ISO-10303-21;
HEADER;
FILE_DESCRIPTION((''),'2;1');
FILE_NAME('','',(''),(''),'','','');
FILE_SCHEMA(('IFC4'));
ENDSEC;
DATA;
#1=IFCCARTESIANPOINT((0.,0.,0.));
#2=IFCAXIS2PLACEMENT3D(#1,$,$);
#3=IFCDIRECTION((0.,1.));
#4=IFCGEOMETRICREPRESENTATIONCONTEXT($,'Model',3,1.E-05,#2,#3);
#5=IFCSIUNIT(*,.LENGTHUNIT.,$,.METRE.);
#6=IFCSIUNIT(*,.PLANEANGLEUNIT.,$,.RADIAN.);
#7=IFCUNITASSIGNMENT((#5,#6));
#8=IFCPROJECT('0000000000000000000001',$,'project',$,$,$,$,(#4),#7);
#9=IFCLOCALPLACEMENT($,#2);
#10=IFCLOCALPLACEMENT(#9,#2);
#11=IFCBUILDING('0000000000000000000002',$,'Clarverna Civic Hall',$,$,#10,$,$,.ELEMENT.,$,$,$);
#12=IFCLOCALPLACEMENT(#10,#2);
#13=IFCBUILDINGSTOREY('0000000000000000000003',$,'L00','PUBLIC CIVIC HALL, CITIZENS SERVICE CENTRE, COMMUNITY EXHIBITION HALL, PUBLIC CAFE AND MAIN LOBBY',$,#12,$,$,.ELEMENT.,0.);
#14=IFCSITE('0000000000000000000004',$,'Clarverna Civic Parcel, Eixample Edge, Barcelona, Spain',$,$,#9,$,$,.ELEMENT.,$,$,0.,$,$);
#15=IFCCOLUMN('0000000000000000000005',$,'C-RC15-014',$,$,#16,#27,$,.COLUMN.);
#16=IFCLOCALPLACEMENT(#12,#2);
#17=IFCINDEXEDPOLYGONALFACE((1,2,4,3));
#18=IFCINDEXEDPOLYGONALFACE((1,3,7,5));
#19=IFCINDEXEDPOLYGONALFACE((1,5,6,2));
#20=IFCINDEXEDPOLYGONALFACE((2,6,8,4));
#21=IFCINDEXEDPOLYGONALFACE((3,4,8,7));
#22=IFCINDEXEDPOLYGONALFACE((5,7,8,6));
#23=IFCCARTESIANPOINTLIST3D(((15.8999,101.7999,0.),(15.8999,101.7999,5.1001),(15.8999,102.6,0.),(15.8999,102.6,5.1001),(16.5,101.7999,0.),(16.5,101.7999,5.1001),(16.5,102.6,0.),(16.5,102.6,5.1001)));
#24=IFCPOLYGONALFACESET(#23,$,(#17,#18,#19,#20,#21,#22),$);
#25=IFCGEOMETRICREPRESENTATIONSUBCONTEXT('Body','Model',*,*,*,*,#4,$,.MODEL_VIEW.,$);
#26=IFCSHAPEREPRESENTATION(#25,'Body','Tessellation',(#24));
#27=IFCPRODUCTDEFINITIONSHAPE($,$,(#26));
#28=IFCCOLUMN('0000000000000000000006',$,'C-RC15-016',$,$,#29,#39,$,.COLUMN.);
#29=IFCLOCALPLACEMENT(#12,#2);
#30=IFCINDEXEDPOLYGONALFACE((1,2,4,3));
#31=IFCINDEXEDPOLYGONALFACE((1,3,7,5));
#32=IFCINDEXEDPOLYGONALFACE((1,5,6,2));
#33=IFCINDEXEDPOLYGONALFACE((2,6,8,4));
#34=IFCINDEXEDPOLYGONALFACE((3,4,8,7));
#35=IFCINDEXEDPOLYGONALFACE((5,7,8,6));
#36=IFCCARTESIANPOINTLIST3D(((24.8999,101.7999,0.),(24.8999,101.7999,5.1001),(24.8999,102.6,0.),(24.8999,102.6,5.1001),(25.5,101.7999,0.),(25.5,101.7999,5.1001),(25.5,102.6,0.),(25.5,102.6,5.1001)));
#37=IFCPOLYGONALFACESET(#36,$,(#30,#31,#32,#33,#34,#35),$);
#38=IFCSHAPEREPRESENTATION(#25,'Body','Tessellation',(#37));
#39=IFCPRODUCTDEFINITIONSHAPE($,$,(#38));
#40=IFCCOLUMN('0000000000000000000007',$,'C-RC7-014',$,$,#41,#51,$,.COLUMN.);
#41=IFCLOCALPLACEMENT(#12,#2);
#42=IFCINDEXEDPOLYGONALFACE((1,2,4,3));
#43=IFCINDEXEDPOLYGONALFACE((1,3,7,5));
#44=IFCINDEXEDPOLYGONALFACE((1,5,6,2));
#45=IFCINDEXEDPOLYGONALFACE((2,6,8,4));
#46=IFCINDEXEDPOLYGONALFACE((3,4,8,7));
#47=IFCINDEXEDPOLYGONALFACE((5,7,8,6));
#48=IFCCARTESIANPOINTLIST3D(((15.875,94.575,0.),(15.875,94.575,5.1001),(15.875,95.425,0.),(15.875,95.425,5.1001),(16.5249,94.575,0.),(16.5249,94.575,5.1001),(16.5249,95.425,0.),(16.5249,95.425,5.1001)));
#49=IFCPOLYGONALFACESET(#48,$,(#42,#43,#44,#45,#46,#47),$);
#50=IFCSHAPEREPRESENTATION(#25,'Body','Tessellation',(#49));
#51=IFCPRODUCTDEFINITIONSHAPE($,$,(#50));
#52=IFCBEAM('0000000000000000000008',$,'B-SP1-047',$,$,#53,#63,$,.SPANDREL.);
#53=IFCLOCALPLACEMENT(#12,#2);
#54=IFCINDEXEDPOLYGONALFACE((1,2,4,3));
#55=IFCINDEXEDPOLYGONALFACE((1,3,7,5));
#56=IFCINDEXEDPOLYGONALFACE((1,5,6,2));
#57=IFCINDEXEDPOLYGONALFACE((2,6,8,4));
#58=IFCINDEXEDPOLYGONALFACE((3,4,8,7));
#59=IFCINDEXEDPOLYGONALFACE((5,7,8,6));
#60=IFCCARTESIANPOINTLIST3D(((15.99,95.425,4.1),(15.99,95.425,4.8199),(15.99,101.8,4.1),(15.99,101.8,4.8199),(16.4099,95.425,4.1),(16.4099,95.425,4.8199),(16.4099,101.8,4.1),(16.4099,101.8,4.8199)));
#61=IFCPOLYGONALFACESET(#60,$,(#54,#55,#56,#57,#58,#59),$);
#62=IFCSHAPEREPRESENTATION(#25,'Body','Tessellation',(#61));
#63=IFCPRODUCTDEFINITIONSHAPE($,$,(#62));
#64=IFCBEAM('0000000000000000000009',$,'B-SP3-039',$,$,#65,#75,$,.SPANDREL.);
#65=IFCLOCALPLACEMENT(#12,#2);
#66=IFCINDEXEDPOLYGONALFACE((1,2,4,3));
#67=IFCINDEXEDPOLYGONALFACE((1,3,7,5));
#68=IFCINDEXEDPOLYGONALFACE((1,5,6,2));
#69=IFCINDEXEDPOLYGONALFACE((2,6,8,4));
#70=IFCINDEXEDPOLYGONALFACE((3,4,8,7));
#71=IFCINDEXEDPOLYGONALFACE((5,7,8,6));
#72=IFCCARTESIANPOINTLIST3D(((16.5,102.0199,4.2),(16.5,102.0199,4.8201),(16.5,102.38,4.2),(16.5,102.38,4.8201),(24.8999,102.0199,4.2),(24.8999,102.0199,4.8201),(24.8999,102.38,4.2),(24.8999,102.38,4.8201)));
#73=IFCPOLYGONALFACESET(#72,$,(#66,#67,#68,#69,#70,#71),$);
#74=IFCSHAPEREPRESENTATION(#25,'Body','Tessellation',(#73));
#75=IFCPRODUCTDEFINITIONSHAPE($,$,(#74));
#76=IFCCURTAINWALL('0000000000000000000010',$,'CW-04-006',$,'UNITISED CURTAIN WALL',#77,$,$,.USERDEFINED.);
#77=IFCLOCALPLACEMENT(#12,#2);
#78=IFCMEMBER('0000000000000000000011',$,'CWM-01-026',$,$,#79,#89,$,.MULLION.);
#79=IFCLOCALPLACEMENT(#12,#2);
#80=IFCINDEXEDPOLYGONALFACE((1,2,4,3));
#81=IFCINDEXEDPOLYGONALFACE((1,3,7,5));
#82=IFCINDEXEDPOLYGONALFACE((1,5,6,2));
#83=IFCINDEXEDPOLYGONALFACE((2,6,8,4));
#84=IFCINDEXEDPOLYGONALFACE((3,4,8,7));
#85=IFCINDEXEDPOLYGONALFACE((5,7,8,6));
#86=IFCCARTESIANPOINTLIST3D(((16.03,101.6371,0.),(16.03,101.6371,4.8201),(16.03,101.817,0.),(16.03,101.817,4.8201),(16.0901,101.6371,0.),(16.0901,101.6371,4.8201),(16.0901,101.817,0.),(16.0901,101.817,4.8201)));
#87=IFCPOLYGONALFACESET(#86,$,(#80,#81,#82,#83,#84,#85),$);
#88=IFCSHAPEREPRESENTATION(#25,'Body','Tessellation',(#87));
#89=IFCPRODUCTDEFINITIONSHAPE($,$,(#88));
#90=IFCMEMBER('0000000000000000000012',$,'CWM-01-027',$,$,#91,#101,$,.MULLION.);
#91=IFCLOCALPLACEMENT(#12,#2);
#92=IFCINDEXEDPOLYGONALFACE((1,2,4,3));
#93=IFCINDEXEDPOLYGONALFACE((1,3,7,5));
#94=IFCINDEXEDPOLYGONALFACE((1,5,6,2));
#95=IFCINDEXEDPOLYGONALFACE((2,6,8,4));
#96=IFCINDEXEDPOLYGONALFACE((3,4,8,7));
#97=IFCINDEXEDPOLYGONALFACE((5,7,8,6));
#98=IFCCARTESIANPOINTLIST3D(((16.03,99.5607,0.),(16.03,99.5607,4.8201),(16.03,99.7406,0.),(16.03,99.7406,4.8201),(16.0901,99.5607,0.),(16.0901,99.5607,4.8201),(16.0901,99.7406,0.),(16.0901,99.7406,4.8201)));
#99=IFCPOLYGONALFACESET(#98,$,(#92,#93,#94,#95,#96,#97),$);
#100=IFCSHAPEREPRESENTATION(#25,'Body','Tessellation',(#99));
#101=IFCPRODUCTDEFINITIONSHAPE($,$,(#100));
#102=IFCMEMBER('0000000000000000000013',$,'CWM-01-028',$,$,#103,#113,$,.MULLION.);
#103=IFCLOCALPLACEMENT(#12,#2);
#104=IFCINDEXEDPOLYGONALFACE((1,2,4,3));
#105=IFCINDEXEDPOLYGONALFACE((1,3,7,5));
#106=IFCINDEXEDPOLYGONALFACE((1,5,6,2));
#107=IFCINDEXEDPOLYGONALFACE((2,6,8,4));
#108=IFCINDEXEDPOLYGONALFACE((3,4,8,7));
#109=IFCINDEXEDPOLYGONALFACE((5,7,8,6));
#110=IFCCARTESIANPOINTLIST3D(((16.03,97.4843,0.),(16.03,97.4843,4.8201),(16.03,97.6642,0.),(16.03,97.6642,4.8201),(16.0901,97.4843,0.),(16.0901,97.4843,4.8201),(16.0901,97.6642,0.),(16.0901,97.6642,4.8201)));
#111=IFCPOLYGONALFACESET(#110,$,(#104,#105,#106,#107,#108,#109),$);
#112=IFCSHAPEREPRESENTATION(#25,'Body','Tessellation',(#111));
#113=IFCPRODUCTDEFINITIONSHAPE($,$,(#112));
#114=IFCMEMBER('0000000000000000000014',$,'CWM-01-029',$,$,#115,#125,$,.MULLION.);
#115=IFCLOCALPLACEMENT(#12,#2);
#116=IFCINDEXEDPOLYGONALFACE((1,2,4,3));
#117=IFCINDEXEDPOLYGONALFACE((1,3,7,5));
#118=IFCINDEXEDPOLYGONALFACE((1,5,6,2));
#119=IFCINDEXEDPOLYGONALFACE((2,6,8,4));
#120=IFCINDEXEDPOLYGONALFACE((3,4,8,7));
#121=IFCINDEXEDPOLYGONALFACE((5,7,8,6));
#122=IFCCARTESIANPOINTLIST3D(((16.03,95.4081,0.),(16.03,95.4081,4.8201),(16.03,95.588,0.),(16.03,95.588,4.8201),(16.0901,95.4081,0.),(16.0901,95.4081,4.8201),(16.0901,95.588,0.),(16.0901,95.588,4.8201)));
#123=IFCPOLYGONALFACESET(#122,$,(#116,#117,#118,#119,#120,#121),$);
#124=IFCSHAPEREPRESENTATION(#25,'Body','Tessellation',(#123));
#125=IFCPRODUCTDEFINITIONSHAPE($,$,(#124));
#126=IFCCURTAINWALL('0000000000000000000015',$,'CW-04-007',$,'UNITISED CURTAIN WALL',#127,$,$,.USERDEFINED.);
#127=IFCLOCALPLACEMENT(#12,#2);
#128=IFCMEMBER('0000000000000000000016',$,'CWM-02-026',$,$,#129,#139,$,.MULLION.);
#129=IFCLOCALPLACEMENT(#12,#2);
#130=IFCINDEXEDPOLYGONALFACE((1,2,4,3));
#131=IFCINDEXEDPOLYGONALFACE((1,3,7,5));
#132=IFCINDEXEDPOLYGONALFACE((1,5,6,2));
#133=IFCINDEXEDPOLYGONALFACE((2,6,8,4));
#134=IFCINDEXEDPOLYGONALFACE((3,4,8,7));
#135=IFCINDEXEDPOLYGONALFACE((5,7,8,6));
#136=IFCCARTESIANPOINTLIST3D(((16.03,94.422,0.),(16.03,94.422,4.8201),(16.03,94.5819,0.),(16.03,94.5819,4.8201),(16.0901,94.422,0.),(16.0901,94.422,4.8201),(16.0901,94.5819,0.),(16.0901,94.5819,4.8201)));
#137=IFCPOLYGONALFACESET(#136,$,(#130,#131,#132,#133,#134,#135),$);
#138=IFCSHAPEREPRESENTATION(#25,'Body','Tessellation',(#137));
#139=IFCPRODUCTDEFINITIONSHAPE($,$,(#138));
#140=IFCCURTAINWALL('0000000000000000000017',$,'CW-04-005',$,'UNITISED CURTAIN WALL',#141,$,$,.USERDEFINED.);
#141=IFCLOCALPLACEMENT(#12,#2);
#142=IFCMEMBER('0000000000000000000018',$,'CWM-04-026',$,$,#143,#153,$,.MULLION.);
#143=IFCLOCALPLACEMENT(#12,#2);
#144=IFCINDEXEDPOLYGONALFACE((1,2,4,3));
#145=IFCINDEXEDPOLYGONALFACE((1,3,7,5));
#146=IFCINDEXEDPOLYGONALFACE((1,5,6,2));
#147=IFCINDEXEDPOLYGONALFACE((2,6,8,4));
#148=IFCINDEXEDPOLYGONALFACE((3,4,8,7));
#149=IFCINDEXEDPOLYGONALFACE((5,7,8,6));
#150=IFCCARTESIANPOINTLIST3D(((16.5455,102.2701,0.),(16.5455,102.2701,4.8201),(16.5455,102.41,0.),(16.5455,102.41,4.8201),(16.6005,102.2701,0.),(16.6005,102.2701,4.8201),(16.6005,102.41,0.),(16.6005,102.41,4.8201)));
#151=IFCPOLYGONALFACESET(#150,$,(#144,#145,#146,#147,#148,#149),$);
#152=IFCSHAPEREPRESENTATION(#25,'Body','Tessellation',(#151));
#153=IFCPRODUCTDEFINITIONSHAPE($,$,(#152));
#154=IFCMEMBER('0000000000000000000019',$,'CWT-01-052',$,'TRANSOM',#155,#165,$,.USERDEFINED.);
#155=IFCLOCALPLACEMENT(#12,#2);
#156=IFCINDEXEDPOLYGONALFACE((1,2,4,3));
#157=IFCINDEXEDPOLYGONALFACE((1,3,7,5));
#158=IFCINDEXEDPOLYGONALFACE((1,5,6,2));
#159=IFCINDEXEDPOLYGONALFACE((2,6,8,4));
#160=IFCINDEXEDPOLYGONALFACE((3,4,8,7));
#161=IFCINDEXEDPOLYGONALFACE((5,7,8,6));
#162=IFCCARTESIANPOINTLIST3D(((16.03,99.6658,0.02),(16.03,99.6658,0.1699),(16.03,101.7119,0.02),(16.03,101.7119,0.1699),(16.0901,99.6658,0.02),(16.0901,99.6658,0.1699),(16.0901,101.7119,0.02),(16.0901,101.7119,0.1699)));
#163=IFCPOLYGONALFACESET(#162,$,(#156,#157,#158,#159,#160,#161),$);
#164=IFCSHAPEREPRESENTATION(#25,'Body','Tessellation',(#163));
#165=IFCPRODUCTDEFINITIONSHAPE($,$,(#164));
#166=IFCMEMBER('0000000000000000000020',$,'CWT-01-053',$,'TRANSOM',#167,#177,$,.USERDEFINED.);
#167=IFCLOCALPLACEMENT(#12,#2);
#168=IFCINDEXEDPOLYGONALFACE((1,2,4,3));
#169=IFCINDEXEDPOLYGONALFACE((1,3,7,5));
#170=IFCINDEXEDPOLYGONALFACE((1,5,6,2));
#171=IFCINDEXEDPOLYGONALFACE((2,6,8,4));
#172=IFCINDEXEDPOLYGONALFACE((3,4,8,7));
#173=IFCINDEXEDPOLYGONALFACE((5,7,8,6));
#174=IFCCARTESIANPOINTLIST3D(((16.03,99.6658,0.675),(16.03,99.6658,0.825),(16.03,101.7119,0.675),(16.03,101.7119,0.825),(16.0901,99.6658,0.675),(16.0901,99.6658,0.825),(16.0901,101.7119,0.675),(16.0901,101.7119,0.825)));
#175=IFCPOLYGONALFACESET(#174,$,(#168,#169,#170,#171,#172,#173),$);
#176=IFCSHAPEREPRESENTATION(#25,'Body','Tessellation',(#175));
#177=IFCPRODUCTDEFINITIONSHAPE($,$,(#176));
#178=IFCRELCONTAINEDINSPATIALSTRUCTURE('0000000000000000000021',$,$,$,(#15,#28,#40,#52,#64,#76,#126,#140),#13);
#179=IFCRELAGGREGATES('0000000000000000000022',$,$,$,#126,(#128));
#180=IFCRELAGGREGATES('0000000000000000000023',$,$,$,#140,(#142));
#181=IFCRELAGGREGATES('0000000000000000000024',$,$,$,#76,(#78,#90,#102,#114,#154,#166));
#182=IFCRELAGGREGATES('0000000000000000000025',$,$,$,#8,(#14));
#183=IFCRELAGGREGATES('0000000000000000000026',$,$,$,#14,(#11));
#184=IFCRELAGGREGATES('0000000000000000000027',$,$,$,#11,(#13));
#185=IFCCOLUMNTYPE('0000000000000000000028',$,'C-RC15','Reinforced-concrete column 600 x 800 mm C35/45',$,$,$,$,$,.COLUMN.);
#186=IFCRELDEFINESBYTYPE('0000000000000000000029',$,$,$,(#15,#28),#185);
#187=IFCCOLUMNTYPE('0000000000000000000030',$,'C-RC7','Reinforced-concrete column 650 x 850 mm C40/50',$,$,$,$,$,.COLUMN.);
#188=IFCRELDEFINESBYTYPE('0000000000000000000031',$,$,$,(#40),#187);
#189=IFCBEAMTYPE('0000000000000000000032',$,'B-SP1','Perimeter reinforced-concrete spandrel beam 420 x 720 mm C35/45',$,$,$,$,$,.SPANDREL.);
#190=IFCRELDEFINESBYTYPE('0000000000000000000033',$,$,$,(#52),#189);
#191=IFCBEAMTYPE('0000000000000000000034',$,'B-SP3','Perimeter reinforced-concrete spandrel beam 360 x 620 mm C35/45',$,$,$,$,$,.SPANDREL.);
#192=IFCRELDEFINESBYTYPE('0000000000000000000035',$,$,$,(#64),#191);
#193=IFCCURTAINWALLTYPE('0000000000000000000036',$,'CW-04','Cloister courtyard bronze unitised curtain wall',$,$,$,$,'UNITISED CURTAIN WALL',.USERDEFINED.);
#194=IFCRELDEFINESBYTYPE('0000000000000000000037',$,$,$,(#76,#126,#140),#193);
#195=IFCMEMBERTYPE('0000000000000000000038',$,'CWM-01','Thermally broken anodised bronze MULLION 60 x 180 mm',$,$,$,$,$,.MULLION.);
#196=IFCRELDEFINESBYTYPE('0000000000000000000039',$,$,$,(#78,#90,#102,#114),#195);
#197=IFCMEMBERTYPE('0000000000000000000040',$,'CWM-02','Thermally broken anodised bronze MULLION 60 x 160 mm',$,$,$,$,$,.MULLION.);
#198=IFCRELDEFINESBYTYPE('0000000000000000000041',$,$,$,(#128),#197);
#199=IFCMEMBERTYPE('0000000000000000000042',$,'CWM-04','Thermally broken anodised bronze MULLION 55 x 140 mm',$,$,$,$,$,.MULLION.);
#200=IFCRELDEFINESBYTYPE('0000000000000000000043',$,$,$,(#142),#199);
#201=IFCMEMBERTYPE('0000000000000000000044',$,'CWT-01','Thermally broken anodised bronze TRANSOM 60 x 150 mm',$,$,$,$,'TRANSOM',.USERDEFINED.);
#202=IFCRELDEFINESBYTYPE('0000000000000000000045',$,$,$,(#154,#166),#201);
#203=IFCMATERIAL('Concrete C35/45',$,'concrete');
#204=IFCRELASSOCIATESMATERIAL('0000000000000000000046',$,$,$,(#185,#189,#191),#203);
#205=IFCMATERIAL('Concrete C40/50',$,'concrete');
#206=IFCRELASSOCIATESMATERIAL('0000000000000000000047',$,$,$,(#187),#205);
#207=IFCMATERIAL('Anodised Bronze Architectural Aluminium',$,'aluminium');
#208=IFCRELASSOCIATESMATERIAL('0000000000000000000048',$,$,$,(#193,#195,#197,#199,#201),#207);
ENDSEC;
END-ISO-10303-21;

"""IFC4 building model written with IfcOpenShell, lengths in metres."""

from ifc_helpers import new_model, si_unit, direction, frame, origin, origin_2d, place, context, subcontext, project, spatial, rectangle, extrude, material, material_profile, profile_set, type_object, element, aggregate, save


model = new_model("IFC4")

# Units and contexts
model_context = context("Model", 3, precision=1e-05, world=origin(), true_north=direction((0.0, 1.0)))
body_context = subcontext(model_context, "Body", "Model", "MODEL_VIEW")
ifc_project = project(units=[si_unit("LENGTHUNIT", "METRE"), si_unit("PLANEANGLEUNIT", "RADIAN")], contexts=[model_context])

# Site, building, storey
site_placement = place(None, origin())
site = spatial("IfcSite", under=ifc_project, at=site_placement, Name="Clarverna Civic Parcel, Eixample Edge, Barcelona, Spain", CompositionType="ELEMENT", RefElevation=0.0)
building_placement = place(site_placement, origin())
building = spatial("IfcBuilding", under=site, at=building_placement, Name="Clarverna Civic Hall", CompositionType="ELEMENT")
storey_placement = place(building_placement, origin())
storey = spatial("IfcBuildingStorey", under=building, at=storey_placement, Name="L00", Description="PUBLIC CIVIC HALL, CITIZENS SERVICE CENTRE, COMMUNITY EXHIBITION HALL, PUBLIC CAFE AND MAIN LOBBY", CompositionType="ELEMENT", Elevation=0.0)

# Columns
ifc_material_1 = material(Name="Concrete C35/45", Category="concrete")
ifc_material_profile_1 = material_profile(ifc_material_1, rectangle(XDim=0.6001, YDim=0.8, at=origin_2d()), Name="RC 600x800")
ifc_profile_set_1 = profile_set([ifc_material_profile_1], Name="Concrete C35/45")
column_type_1 = type_object("IfcColumnType", Name="C-RC15", Description="Reinforced-concrete column 600 x 800 mm C35/45", PredefinedType="COLUMN", material=ifc_profile_set_1)
for number, where, z_axis, x_axis, name in (
    (1, (16.2, 102.2, 0.0), (0.0, 0.0, 1.0), (1.0, 0.0, 0.0), "C-RC15-014"),
    (2, (25.2, 102.2, 0.0), (0.0, 0.0, 1.0), (1.0, 0.0, 0.0), "C-RC15-016"),
):
    element("IfcColumn", number, at=place(storey_placement, frame(where, z_axis=z_axis, x_axis=x_axis)), inside=storey, type_object=column_type_1, Name=name, PredefinedType="COLUMN", context=body_context, shape_type="SweptSolid", body=[
        extrude(rectangle(XDim=0.6001, YDim=0.8, at=origin_2d()), origin(), (0.0, 0.0, 1.0), 5.1001),
    ])
ifc_material_2 = material(Name="Concrete C40/50", Category="concrete")
ifc_material_profile_2 = material_profile(ifc_material_2, rectangle(XDim=0.6499, YDim=0.8501, at=origin_2d()), Name="RC 650x850")
ifc_profile_set_2 = profile_set([ifc_material_profile_2], Name="Concrete C40/50")
column_type_2 = type_object("IfcColumnType", Name="C-RC7", Description="Reinforced-concrete column 650 x 850 mm C40/50", PredefinedType="COLUMN", material=ifc_profile_set_2)
column_placement = place(storey_placement, frame((16.2, 95.0, 0.0), z_axis=(0.0, 0.0, 1.0), x_axis=(1.0, 0.0, 0.0)))
element("IfcColumn", 3, at=column_placement, inside=storey, type_object=column_type_2, Name="C-RC7-014", PredefinedType="COLUMN", context=body_context, shape_type="SweptSolid", body=[
    extrude(rectangle(XDim=0.6499, YDim=0.8501, at=origin_2d()), origin(), (0.0, 0.0, 1.0), 5.1001),
])

# Beams
ifc_material_profile_3 = material_profile(ifc_material_1, rectangle(XDim=0.4199, YDim=0.72, at=origin_2d()), Name="RC 420x720")
ifc_profile_set_3 = profile_set([ifc_material_profile_3], Name="Concrete C35/45")
beam_type_1 = type_object("IfcBeamType", Name="B-SP1", Description="Perimeter reinforced-concrete spandrel beam 420 x 720 mm C35/45", PredefinedType="SPANDREL", material=ifc_profile_set_3)
beam_1_placement = place(storey_placement, frame((16.2, 95.425, 4.46), z_axis=(0.0, 1.0, 0.0), x_axis=(-1.0, 0.0, 0.0)))
element("IfcBeam", 4, at=beam_1_placement, inside=storey, type_object=beam_type_1, Name="B-SP1-047", PredefinedType="SPANDREL", context=body_context, shape_type="SweptSolid", body=[
    extrude(rectangle(XDim=0.4199, YDim=0.72, at=origin_2d()), origin(), (0.0, 0.0, 1.0), 6.375),
])
ifc_material_profile_4 = material_profile(ifc_material_1, rectangle(XDim=0.3601, YDim=0.6201, at=origin_2d()), Name="RC 360x620")
ifc_profile_set_4 = profile_set([ifc_material_profile_4], Name="Concrete C35/45")
beam_type_2 = type_object("IfcBeamType", Name="B-SP3", Description="Perimeter reinforced-concrete spandrel beam 360 x 620 mm C35/45", PredefinedType="SPANDREL", material=ifc_profile_set_4)
beam_2_placement = place(storey_placement, frame((16.5, 102.2, 4.51), z_axis=(1.0, 0.0, 0.0), x_axis=(0.0, 1.0, 0.0)))
element("IfcBeam", 5, at=beam_2_placement, inside=storey, type_object=beam_type_2, Name="B-SP3-039", PredefinedType="SPANDREL", context=body_context, shape_type="SweptSolid", body=[
    extrude(rectangle(XDim=0.3601, YDim=0.6201, at=origin_2d()), origin(), (0.0, 0.0, 1.0), 8.3999),
])

# Curtain wall, members
ifc_material_3 = material(Name="Anodised Bronze Architectural Aluminium", Category="aluminium")
curtain_wall_type = type_object("IfcCurtainWallType", Name="CW-04", Description="Cloister courtyard bronze unitised curtain wall", ElementType="UNITISED CURTAIN WALL", PredefinedType="USERDEFINED", material=ifc_material_3)
curtain_wall_1_placement = place(storey_placement, origin())
curtain_wall_1 = element("IfcCurtainWall", 6, at=curtain_wall_1_placement, inside=storey, type_object=curtain_wall_type, Name="CW-04-006", ObjectType="UNITISED CURTAIN WALL", PredefinedType="USERDEFINED")
ifc_material_profile_5 = material_profile(ifc_material_3, rectangle(XDim=0.0601, YDim=0.1799, at=origin_2d()), Name="BRONZE 60x180")
ifc_profile_set_5 = profile_set([ifc_material_profile_5], Name="Anodised Bronze Architectural Aluminium")
member_type_1 = type_object("IfcMemberType", Name="CWM-01", Description="Thermally broken anodised bronze MULLION 60 x 180 mm", PredefinedType="MULLION", material=ifc_profile_set_5)
member_1_placement = place(storey_placement, frame((16.0601, 101.7271, 0.0), z_axis=(0.0, 0.0, 1.0), x_axis=(1.0, 0.0, 0.0)))
member_1 = element("IfcMember", 7, at=member_1_placement, type_object=member_type_1, Name="CWM-01-026", PredefinedType="MULLION", context=body_context, shape_type="SweptSolid", body=[
    extrude(rectangle(XDim=0.0601, YDim=0.1799, at=origin_2d()), origin(), (0.0, 0.0, 1.0), 4.8201),
])
member_2_placement = place(storey_placement, frame((16.0601, 99.6506, 0.0), z_axis=(0.0, 0.0, 1.0), x_axis=(1.0, 0.0, 0.0)))
member_2 = element("IfcMember", 8, at=member_2_placement, type_object=member_type_1, Name="CWM-01-027", PredefinedType="MULLION", context=body_context, shape_type="SweptSolid", body=[
    extrude(rectangle(XDim=0.0601, YDim=0.1799, at=origin_2d()), origin(), (0.0, 0.0, 1.0), 4.8201),
])
member_3_placement = place(storey_placement, frame((16.0601, 97.5742, 0.0), z_axis=(0.0, 0.0, 1.0), x_axis=(1.0, 0.0, 0.0)))
member_3 = element("IfcMember", 9, at=member_3_placement, type_object=member_type_1, Name="CWM-01-028", PredefinedType="MULLION", context=body_context, shape_type="SweptSolid", body=[
    extrude(rectangle(XDim=0.0601, YDim=0.1799, at=origin_2d()), origin(), (0.0, 0.0, 1.0), 4.8201),
])
member_4_placement = place(storey_placement, frame((16.0601, 95.498, 0.0), z_axis=(0.0, 0.0, 1.0), x_axis=(1.0, 0.0, 0.0)))
member_4 = element("IfcMember", 10, at=member_4_placement, type_object=member_type_1, Name="CWM-01-029", PredefinedType="MULLION", context=body_context, shape_type="SweptSolid", body=[
    extrude(rectangle(XDim=0.0601, YDim=0.1799, at=origin_2d()), origin(), (0.0, 0.0, 1.0), 4.8201),
])

# Curtain walls, members
curtain_wall_2_placement = place(storey_placement, origin())
curtain_wall_2 = element("IfcCurtainWall", 11, at=curtain_wall_2_placement, inside=storey, type_object=curtain_wall_type, Name="CW-04-007", ObjectType="UNITISED CURTAIN WALL", PredefinedType="USERDEFINED")
ifc_material_profile_6 = material_profile(ifc_material_3, rectangle(XDim=0.0601, YDim=0.1599, at=origin_2d()), Name="BRONZE 60x160")
ifc_profile_set_6 = profile_set([ifc_material_profile_6], Name="Anodised Bronze Architectural Aluminium")
member_type_2 = type_object("IfcMemberType", Name="CWM-02", Description="Thermally broken anodised bronze MULLION 60 x 160 mm", PredefinedType="MULLION", material=ifc_profile_set_6)
member_5_placement = place(storey_placement, frame((16.0601, 94.502, 0.0), z_axis=(0.0, 0.0, 1.0), x_axis=(1.0, 0.0, 0.0)))
member_5 = element("IfcMember", 12, at=member_5_placement, type_object=member_type_2, Name="CWM-02-026", PredefinedType="MULLION", context=body_context, shape_type="SweptSolid", body=[
    extrude(rectangle(XDim=0.0601, YDim=0.1599, at=origin_2d()), origin(), (0.0, 0.0, 1.0), 4.8201),
])
aggregate(curtain_wall_2, [member_5])
curtain_wall_3_placement = place(storey_placement, origin())
curtain_wall_3 = element("IfcCurtainWall", 13, at=curtain_wall_3_placement, inside=storey, type_object=curtain_wall_type, Name="CW-04-005", ObjectType="UNITISED CURTAIN WALL", PredefinedType="USERDEFINED")
ifc_material_profile_7 = material_profile(ifc_material_3, rectangle(XDim=0.0549, YDim=0.1399, at=origin_2d()), Name="BRONZE 55x140")
ifc_profile_set_7 = profile_set([ifc_material_profile_7], Name="Anodised Bronze Architectural Aluminium")
member_type_3 = type_object("IfcMemberType", Name="CWM-04", Description="Thermally broken anodised bronze MULLION 55 x 140 mm", PredefinedType="MULLION", material=ifc_profile_set_7)
member_6_placement = place(storey_placement, frame((16.573, 102.3401, 0.0), z_axis=(0.0, 0.0, 1.0), x_axis=(1.0, 0.0, 0.0)))
member_6 = element("IfcMember", 14, at=member_6_placement, type_object=member_type_3, Name="CWM-04-026", PredefinedType="MULLION", context=body_context, shape_type="SweptSolid", body=[
    extrude(rectangle(XDim=0.0549, YDim=0.1399, at=origin_2d()), origin(), (0.0, 0.0, 1.0), 4.8201),
])

# Members
ifc_material_profile_8 = material_profile(ifc_material_3, rectangle(XDim=0.0601, YDim=0.1499, at=origin_2d()), Name="BRONZE 60x150")
ifc_profile_set_8 = profile_set([ifc_material_profile_8], Name="Anodised Bronze Architectural Aluminium")
member_type_4 = type_object("IfcMemberType", Name="CWT-01", Description="Thermally broken anodised bronze TRANSOM 60 x 150 mm", ElementType="TRANSOM", PredefinedType="USERDEFINED", material=ifc_profile_set_8)
member_7_placement = place(storey_placement, frame((16.0601, 101.7119, 0.095), z_axis=(0.0, -1.0, 0.0), x_axis=(1.0, 0.0, 0.0)))
member_7 = element("IfcMember", 15, at=member_7_placement, type_object=member_type_4, Name="CWT-01-052", ObjectType="TRANSOM", PredefinedType="USERDEFINED", context=body_context, shape_type="SweptSolid", body=[
    extrude(rectangle(XDim=0.0601, YDim=0.1499, at=origin_2d()), origin(), (0.0, 0.0, 1.0), 2.0461),
])
member_8_placement = place(storey_placement, frame((16.0601, 101.7119, 0.75), z_axis=(0.0, -1.0, 0.0), x_axis=(1.0, 0.0, 0.0)))
member_8 = element("IfcMember", 16, at=member_8_placement, type_object=member_type_4, Name="CWT-01-053", ObjectType="TRANSOM", PredefinedType="USERDEFINED", context=body_context, shape_type="SweptSolid", body=[
    extrude(rectangle(XDim=0.0601, YDim=0.1499, at=origin_2d()), origin(), (0.0, 0.0, 1.0), 2.0461),
])

aggregate(curtain_wall_3, [member_6])
aggregate(curtain_wall_1, [member_1, member_2, member_3, member_4, member_7, member_8])

save(model, "model.ifc")
